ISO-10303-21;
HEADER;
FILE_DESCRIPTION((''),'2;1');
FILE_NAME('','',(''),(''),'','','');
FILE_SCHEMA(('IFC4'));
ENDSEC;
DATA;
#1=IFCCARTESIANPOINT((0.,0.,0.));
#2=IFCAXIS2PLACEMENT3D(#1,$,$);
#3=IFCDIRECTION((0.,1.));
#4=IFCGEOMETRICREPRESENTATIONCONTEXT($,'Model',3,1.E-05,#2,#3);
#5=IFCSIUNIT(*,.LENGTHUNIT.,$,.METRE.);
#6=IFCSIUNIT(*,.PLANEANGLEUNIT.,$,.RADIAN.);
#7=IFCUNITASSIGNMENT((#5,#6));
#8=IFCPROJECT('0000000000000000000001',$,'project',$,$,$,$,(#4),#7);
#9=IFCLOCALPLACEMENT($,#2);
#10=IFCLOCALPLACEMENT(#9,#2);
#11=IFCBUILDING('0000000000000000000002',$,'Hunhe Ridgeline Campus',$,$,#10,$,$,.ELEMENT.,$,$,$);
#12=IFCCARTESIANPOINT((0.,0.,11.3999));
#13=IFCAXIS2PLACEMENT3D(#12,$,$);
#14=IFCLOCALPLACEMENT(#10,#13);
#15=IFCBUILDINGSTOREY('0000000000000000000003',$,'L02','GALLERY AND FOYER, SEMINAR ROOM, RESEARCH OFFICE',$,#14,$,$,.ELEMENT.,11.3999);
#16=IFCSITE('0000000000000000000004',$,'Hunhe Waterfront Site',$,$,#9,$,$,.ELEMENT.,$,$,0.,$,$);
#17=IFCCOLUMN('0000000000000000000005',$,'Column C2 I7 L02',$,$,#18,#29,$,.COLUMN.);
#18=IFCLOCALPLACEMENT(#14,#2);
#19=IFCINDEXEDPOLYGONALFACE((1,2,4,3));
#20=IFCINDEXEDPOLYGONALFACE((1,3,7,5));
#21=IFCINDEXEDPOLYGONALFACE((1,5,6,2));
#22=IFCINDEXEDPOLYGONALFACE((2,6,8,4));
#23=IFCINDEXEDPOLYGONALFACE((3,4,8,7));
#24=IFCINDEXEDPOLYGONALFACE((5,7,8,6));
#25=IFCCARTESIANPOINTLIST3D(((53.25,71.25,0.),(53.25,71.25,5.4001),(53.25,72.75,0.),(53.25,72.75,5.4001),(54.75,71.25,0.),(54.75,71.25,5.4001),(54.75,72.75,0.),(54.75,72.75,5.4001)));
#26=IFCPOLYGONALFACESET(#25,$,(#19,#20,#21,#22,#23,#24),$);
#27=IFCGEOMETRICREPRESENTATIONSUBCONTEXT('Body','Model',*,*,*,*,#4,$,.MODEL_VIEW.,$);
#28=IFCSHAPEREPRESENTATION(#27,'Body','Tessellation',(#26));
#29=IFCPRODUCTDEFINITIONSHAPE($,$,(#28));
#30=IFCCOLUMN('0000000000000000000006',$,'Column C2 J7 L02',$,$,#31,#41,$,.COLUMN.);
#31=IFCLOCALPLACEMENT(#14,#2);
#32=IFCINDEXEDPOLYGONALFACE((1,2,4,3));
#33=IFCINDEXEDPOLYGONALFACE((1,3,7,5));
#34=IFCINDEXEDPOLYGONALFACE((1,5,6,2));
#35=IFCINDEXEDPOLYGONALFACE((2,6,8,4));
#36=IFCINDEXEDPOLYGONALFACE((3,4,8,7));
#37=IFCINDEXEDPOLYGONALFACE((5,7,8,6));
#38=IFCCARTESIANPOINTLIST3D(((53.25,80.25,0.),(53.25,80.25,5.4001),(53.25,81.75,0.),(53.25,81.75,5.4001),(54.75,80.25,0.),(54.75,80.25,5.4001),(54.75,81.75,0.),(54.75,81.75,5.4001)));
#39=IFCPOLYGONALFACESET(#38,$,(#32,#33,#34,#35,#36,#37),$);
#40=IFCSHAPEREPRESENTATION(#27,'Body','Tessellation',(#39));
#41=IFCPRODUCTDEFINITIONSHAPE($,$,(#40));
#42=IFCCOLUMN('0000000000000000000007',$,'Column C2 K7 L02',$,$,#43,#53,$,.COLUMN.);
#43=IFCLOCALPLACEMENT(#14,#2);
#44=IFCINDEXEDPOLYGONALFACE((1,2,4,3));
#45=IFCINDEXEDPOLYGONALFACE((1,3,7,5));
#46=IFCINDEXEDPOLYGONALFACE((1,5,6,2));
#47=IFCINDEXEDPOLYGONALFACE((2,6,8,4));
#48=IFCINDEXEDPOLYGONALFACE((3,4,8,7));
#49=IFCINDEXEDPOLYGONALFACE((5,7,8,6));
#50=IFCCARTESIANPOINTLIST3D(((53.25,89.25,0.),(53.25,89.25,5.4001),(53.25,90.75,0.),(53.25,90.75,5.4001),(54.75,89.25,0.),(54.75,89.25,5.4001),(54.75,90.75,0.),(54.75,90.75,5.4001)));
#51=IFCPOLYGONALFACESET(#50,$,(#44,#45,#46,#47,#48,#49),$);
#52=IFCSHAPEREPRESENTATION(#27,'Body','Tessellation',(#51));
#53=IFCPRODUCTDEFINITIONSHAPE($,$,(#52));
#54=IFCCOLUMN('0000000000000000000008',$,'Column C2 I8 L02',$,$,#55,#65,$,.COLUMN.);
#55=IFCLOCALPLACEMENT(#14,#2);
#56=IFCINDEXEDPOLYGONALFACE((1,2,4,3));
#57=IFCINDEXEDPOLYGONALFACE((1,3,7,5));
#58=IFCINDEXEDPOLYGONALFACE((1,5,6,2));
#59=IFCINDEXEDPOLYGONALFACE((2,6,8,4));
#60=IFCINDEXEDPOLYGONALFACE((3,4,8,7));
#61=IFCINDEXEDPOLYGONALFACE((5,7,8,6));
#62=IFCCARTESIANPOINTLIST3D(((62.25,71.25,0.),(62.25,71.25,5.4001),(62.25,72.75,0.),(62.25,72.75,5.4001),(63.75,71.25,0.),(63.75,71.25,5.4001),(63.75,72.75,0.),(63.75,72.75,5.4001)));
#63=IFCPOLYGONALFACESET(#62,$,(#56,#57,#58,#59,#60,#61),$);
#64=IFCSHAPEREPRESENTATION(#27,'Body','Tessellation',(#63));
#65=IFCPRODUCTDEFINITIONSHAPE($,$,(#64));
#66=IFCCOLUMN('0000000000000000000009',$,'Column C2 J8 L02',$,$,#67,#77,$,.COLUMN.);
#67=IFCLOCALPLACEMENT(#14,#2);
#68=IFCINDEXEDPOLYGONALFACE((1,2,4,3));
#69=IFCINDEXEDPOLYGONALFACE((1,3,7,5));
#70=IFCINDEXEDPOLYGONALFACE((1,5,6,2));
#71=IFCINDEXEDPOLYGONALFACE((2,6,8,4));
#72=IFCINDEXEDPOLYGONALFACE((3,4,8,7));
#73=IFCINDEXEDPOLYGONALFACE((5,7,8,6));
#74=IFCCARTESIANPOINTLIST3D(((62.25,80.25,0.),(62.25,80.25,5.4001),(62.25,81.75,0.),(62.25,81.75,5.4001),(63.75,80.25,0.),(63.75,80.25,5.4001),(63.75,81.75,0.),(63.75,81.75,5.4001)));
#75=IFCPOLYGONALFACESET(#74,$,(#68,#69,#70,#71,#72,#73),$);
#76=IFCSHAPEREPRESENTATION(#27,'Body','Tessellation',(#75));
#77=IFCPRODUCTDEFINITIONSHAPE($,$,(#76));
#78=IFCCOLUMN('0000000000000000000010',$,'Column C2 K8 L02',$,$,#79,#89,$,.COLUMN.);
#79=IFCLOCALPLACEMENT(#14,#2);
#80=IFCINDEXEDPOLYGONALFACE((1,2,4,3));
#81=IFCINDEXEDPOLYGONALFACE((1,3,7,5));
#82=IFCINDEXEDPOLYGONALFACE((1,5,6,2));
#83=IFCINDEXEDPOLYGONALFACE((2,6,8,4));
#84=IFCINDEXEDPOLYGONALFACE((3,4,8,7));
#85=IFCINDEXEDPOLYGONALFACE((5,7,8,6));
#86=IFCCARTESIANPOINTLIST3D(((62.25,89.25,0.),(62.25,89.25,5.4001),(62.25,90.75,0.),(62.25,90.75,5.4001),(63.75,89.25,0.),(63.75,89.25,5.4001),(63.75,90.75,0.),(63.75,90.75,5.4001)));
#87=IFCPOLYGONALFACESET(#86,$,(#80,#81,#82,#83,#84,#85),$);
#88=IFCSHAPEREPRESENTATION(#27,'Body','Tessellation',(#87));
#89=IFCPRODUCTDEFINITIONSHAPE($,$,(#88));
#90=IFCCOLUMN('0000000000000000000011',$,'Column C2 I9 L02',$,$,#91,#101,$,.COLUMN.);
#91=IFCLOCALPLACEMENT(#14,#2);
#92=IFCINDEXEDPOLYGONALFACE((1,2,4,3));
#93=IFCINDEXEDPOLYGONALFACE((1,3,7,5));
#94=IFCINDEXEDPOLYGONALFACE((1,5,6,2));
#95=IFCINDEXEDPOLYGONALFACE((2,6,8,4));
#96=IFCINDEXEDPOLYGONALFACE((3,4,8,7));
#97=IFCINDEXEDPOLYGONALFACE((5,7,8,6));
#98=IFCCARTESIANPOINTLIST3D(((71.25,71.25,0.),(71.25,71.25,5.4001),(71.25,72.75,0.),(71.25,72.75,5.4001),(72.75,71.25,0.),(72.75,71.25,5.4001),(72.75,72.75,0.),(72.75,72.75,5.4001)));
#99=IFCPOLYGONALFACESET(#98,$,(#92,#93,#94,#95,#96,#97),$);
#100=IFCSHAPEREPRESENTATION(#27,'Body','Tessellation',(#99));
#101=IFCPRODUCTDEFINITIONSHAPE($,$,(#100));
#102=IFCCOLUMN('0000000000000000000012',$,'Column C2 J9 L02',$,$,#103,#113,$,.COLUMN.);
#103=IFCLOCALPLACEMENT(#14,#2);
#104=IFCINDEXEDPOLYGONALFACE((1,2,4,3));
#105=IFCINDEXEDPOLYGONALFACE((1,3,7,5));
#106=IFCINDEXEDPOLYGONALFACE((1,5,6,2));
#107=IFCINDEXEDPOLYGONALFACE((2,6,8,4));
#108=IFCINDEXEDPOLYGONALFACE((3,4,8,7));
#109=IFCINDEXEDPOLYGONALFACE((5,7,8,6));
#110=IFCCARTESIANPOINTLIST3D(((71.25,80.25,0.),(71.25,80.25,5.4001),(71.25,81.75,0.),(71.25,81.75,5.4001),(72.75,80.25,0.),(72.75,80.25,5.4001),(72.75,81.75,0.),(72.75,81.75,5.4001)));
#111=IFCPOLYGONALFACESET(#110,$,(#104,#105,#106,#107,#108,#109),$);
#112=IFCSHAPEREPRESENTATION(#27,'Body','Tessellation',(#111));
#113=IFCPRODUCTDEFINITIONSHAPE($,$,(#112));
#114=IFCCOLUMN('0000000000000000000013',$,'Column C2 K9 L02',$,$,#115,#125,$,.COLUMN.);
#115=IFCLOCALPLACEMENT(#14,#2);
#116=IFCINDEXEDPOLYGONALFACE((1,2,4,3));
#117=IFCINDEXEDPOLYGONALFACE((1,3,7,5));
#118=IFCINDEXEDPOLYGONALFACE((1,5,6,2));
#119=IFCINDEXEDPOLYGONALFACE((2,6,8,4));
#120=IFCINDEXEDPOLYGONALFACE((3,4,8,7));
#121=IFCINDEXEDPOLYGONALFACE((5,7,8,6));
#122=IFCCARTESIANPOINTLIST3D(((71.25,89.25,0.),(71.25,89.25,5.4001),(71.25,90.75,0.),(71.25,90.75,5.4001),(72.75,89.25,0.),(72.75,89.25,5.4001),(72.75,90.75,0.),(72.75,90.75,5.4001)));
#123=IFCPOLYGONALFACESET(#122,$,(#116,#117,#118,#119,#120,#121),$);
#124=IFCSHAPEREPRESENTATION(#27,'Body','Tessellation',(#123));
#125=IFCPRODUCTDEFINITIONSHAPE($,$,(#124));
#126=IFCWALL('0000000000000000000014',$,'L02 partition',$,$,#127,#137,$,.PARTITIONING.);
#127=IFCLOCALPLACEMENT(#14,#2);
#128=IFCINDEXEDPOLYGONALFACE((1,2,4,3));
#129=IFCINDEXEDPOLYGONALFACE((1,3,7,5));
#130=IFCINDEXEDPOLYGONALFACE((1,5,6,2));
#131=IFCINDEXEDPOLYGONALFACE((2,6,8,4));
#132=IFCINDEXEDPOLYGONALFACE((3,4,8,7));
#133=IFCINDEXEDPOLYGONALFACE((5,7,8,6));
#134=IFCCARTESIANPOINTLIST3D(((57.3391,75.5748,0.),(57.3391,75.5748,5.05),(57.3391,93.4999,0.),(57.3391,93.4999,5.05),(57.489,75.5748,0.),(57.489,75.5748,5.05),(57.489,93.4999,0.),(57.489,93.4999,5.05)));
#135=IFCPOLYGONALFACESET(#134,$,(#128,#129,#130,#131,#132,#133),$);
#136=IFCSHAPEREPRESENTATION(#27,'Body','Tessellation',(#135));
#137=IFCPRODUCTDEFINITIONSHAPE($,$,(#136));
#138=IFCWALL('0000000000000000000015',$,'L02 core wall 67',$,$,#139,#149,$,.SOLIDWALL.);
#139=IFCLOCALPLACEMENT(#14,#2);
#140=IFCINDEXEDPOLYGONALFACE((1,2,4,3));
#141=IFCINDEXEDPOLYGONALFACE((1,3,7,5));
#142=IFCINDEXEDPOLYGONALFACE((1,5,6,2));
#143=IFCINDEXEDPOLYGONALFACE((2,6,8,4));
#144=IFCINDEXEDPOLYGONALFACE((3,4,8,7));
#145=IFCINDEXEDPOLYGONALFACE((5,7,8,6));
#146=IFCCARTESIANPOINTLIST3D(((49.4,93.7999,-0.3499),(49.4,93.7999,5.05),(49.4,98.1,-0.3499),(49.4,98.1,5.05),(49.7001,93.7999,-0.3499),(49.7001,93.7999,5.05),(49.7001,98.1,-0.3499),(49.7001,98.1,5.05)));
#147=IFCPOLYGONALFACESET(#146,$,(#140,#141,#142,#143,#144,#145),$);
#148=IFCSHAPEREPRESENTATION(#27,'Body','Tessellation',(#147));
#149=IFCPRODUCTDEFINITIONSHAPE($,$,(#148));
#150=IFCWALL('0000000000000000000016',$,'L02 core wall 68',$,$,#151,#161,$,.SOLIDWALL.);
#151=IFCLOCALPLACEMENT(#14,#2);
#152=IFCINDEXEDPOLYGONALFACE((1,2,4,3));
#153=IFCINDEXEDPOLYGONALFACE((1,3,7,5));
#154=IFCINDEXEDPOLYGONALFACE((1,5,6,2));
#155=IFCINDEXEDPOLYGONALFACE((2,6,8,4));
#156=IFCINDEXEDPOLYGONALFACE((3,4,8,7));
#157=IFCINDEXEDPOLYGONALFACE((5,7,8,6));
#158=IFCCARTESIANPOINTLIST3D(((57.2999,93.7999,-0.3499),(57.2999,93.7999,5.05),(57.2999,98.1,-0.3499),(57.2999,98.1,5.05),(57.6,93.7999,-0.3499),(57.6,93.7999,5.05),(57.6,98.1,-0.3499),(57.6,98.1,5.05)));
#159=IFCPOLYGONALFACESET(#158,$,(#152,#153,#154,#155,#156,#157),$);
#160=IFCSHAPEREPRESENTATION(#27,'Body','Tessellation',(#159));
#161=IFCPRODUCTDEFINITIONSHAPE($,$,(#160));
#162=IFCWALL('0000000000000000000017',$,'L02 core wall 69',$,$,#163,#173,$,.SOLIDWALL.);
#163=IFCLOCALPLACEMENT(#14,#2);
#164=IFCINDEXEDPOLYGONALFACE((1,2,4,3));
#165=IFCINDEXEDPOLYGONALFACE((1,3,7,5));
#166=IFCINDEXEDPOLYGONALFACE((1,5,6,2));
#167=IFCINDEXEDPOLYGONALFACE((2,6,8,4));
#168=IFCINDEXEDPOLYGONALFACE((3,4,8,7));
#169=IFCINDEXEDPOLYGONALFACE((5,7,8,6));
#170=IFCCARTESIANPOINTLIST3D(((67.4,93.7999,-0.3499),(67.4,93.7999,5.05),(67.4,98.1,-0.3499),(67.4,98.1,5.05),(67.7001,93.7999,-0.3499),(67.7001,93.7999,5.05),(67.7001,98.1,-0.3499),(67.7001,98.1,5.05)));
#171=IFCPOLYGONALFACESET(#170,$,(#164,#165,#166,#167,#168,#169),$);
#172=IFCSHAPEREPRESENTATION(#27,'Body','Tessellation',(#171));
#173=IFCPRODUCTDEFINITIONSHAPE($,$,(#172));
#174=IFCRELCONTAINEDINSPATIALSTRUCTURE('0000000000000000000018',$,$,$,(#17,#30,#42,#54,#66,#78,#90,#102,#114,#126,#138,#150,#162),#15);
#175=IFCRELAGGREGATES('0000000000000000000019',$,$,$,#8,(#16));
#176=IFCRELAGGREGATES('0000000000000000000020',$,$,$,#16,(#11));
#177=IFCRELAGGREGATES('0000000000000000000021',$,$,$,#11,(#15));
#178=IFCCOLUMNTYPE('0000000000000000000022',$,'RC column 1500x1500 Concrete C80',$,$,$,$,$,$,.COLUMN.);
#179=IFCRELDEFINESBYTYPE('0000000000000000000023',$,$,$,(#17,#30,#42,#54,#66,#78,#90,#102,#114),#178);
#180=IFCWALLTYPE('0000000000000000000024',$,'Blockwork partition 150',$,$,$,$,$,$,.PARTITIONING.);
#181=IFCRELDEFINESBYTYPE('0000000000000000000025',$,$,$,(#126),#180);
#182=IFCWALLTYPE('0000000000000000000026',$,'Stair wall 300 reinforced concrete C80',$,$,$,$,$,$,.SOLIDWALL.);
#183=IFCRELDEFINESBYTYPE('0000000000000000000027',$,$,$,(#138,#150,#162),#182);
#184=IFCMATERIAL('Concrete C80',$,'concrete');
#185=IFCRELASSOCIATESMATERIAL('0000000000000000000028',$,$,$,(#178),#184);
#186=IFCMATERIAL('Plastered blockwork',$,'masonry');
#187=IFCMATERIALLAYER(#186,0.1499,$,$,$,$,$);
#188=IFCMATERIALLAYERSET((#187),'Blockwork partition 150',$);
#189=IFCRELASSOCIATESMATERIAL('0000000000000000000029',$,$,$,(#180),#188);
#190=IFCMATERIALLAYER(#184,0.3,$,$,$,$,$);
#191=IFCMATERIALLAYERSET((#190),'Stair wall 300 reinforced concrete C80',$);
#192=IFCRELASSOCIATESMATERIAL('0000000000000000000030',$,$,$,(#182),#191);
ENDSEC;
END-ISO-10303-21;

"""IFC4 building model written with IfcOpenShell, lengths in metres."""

from ifc_helpers import new_model, si_unit, direction, frame, frame_2d, origin, origin_2d, place, context, subcontext, project, spatial, rectangle, extrude, material, layer, layer_set, material_profile, profile_set, type_object, element, save


model = new_model("IFC4")

# Units and contexts
model_context = context("Model", 3, precision=1e-05, world=origin(), true_north=direction((0.0, 1.0)))
body_context = subcontext(model_context, "Body", "Model", "MODEL_VIEW")
ifc_project = project(units=[si_unit("LENGTHUNIT", "METRE"), si_unit("PLANEANGLEUNIT", "RADIAN")], contexts=[model_context])

# Site, building, storey
site_placement = place(None, origin())
site = spatial("IfcSite", under=ifc_project, at=site_placement, Name="Hunhe Waterfront Site", CompositionType="ELEMENT", RefElevation=0.0)
building_placement = place(site_placement, origin())
building = spatial("IfcBuilding", under=site, at=building_placement, Name="Hunhe Ridgeline Campus", CompositionType="ELEMENT")
storey_placement = place(building_placement, frame((0.0, 0.0, 11.3999)))
storey = spatial("IfcBuildingStorey", under=building, at=storey_placement, Name="L02", Description="GALLERY AND FOYER, SEMINAR ROOM, RESEARCH OFFICE", CompositionType="ELEMENT", Elevation=11.3999)

# Columns
ifc_material_1 = material(Name="Concrete C80", Category="concrete")
ifc_material_profile = material_profile(ifc_material_1, rectangle(XDim=1.5, YDim=1.5, at=origin_2d()))
ifc_profile_set = profile_set([ifc_material_profile], Name="Concrete C80")
column_type = type_object("IfcColumnType", Name="RC column 1500x1500 Concrete C80", PredefinedType="COLUMN", material=ifc_profile_set)
for number, where, z_axis, x_axis, name in (
    (1, (54.0, 72.0, 0.0), (0.0, 0.0, 1.0), (1.0, 0.0, 0.0), "Column C2 I7 L02"),
    (2, (54.0, 81.0, 0.0), (0.0, 0.0, 1.0), (1.0, 0.0, 0.0), "Column C2 J7 L02"),
    (3, (54.0, 90.0, 0.0), (0.0, 0.0, 1.0), (1.0, 0.0, 0.0), "Column C2 K7 L02"),
    (4, (63.0, 72.0, 0.0), (0.0, 0.0, 1.0), (1.0, 0.0, 0.0), "Column C2 I8 L02"),
    (5, (63.0, 81.0, 0.0), (0.0, 0.0, 1.0), (1.0, 0.0, 0.0), "Column C2 J8 L02"),
    (6, (63.0, 90.0, 0.0), (0.0, 0.0, 1.0), (1.0, 0.0, 0.0), "Column C2 K8 L02"),
    (7, (72.0, 72.0, 0.0), (0.0, 0.0, 1.0), (1.0, 0.0, 0.0), "Column C2 I9 L02"),
    (8, (72.0, 81.0, 0.0), (0.0, 0.0, 1.0), (1.0, 0.0, 0.0), "Column C2 J9 L02"),
    (9, (72.0, 90.0, 0.0), (0.0, 0.0, 1.0), (1.0, 0.0, 0.0), "Column C2 K9 L02"),
):
    element("IfcColumn", number, at=place(storey_placement, frame(where, z_axis=z_axis, x_axis=x_axis)), inside=storey, type_object=column_type, Name=name, PredefinedType="COLUMN", context=body_context, shape_type="SweptSolid", body=[
        extrude(rectangle(XDim=1.5, YDim=1.5, at=origin_2d()), origin(), (0.0, 0.0, 1.0), 5.4001),
    ])

# Wall
ifc_material_2 = material(Name="Plastered blockwork", Category="masonry")
ifc_layer_1 = layer(ifc_material_2, 0.1499)
ifc_layer_set_1 = layer_set([ifc_layer_1], Name="Blockwork partition 150")
wall_type_1 = type_object("IfcWallType", Name="Blockwork partition 150", PredefinedType="PARTITIONING", material=ifc_layer_set_1)
wall_1_placement = place(storey_placement, frame((57.4141, 75.575, 0.0), z_axis=(0.0, 0.0, 1.0), x_axis=(0.0, 1.0, 0.0)))
element("IfcWall", 10, at=wall_1_placement, inside=storey, type_object=wall_type_1, Name="L02 partition", PredefinedType="PARTITIONING", context=body_context, shape_type="SweptSolid", body=[
    extrude(rectangle(XDim=17.925, YDim=0.1499, at=frame_2d((8.9624, 0.0))), origin(), (0.0, 0.0, 1.0), 5.05),
])

# Shared definitions
ifc_layer_2 = layer(ifc_material_1, 0.3)
ifc_layer_set_2 = layer_set([ifc_layer_2], Name="Stair wall 300 reinforced concrete C80")
wall_type_2 = type_object("IfcWallType", Name="Stair wall 300 reinforced concrete C80", PredefinedType="SOLIDWALL", material=ifc_layer_set_2)

# Walls
for number, where, z_axis, x_axis, name in (
    (11, (49.55, 93.8, -0.3499), (0.0, 0.0, 1.0), (0.0, 1.0, 0.0), "L02 core wall 67"),
    (12, (57.45, 93.8, -0.3499), (0.0, 0.0, 1.0), (0.0, 1.0, 0.0), "L02 core wall 68"),
    (13, (67.55, 93.8, -0.3499), (0.0, 0.0, 1.0), (0.0, 1.0, 0.0), "L02 core wall 69"),
):
    element("IfcWall", number, at=place(storey_placement, frame(where, z_axis=z_axis, x_axis=x_axis)), inside=storey, type_object=wall_type_2, Name=name, PredefinedType="SOLIDWALL", context=body_context, shape_type="SweptSolid", body=[
        extrude(rectangle(XDim=4.3, YDim=0.3, at=frame_2d((2.1499, 0.0))), origin(), (0.0, 0.0, 1.0), 5.3999),
    ])

save(model, "model.ifc")
